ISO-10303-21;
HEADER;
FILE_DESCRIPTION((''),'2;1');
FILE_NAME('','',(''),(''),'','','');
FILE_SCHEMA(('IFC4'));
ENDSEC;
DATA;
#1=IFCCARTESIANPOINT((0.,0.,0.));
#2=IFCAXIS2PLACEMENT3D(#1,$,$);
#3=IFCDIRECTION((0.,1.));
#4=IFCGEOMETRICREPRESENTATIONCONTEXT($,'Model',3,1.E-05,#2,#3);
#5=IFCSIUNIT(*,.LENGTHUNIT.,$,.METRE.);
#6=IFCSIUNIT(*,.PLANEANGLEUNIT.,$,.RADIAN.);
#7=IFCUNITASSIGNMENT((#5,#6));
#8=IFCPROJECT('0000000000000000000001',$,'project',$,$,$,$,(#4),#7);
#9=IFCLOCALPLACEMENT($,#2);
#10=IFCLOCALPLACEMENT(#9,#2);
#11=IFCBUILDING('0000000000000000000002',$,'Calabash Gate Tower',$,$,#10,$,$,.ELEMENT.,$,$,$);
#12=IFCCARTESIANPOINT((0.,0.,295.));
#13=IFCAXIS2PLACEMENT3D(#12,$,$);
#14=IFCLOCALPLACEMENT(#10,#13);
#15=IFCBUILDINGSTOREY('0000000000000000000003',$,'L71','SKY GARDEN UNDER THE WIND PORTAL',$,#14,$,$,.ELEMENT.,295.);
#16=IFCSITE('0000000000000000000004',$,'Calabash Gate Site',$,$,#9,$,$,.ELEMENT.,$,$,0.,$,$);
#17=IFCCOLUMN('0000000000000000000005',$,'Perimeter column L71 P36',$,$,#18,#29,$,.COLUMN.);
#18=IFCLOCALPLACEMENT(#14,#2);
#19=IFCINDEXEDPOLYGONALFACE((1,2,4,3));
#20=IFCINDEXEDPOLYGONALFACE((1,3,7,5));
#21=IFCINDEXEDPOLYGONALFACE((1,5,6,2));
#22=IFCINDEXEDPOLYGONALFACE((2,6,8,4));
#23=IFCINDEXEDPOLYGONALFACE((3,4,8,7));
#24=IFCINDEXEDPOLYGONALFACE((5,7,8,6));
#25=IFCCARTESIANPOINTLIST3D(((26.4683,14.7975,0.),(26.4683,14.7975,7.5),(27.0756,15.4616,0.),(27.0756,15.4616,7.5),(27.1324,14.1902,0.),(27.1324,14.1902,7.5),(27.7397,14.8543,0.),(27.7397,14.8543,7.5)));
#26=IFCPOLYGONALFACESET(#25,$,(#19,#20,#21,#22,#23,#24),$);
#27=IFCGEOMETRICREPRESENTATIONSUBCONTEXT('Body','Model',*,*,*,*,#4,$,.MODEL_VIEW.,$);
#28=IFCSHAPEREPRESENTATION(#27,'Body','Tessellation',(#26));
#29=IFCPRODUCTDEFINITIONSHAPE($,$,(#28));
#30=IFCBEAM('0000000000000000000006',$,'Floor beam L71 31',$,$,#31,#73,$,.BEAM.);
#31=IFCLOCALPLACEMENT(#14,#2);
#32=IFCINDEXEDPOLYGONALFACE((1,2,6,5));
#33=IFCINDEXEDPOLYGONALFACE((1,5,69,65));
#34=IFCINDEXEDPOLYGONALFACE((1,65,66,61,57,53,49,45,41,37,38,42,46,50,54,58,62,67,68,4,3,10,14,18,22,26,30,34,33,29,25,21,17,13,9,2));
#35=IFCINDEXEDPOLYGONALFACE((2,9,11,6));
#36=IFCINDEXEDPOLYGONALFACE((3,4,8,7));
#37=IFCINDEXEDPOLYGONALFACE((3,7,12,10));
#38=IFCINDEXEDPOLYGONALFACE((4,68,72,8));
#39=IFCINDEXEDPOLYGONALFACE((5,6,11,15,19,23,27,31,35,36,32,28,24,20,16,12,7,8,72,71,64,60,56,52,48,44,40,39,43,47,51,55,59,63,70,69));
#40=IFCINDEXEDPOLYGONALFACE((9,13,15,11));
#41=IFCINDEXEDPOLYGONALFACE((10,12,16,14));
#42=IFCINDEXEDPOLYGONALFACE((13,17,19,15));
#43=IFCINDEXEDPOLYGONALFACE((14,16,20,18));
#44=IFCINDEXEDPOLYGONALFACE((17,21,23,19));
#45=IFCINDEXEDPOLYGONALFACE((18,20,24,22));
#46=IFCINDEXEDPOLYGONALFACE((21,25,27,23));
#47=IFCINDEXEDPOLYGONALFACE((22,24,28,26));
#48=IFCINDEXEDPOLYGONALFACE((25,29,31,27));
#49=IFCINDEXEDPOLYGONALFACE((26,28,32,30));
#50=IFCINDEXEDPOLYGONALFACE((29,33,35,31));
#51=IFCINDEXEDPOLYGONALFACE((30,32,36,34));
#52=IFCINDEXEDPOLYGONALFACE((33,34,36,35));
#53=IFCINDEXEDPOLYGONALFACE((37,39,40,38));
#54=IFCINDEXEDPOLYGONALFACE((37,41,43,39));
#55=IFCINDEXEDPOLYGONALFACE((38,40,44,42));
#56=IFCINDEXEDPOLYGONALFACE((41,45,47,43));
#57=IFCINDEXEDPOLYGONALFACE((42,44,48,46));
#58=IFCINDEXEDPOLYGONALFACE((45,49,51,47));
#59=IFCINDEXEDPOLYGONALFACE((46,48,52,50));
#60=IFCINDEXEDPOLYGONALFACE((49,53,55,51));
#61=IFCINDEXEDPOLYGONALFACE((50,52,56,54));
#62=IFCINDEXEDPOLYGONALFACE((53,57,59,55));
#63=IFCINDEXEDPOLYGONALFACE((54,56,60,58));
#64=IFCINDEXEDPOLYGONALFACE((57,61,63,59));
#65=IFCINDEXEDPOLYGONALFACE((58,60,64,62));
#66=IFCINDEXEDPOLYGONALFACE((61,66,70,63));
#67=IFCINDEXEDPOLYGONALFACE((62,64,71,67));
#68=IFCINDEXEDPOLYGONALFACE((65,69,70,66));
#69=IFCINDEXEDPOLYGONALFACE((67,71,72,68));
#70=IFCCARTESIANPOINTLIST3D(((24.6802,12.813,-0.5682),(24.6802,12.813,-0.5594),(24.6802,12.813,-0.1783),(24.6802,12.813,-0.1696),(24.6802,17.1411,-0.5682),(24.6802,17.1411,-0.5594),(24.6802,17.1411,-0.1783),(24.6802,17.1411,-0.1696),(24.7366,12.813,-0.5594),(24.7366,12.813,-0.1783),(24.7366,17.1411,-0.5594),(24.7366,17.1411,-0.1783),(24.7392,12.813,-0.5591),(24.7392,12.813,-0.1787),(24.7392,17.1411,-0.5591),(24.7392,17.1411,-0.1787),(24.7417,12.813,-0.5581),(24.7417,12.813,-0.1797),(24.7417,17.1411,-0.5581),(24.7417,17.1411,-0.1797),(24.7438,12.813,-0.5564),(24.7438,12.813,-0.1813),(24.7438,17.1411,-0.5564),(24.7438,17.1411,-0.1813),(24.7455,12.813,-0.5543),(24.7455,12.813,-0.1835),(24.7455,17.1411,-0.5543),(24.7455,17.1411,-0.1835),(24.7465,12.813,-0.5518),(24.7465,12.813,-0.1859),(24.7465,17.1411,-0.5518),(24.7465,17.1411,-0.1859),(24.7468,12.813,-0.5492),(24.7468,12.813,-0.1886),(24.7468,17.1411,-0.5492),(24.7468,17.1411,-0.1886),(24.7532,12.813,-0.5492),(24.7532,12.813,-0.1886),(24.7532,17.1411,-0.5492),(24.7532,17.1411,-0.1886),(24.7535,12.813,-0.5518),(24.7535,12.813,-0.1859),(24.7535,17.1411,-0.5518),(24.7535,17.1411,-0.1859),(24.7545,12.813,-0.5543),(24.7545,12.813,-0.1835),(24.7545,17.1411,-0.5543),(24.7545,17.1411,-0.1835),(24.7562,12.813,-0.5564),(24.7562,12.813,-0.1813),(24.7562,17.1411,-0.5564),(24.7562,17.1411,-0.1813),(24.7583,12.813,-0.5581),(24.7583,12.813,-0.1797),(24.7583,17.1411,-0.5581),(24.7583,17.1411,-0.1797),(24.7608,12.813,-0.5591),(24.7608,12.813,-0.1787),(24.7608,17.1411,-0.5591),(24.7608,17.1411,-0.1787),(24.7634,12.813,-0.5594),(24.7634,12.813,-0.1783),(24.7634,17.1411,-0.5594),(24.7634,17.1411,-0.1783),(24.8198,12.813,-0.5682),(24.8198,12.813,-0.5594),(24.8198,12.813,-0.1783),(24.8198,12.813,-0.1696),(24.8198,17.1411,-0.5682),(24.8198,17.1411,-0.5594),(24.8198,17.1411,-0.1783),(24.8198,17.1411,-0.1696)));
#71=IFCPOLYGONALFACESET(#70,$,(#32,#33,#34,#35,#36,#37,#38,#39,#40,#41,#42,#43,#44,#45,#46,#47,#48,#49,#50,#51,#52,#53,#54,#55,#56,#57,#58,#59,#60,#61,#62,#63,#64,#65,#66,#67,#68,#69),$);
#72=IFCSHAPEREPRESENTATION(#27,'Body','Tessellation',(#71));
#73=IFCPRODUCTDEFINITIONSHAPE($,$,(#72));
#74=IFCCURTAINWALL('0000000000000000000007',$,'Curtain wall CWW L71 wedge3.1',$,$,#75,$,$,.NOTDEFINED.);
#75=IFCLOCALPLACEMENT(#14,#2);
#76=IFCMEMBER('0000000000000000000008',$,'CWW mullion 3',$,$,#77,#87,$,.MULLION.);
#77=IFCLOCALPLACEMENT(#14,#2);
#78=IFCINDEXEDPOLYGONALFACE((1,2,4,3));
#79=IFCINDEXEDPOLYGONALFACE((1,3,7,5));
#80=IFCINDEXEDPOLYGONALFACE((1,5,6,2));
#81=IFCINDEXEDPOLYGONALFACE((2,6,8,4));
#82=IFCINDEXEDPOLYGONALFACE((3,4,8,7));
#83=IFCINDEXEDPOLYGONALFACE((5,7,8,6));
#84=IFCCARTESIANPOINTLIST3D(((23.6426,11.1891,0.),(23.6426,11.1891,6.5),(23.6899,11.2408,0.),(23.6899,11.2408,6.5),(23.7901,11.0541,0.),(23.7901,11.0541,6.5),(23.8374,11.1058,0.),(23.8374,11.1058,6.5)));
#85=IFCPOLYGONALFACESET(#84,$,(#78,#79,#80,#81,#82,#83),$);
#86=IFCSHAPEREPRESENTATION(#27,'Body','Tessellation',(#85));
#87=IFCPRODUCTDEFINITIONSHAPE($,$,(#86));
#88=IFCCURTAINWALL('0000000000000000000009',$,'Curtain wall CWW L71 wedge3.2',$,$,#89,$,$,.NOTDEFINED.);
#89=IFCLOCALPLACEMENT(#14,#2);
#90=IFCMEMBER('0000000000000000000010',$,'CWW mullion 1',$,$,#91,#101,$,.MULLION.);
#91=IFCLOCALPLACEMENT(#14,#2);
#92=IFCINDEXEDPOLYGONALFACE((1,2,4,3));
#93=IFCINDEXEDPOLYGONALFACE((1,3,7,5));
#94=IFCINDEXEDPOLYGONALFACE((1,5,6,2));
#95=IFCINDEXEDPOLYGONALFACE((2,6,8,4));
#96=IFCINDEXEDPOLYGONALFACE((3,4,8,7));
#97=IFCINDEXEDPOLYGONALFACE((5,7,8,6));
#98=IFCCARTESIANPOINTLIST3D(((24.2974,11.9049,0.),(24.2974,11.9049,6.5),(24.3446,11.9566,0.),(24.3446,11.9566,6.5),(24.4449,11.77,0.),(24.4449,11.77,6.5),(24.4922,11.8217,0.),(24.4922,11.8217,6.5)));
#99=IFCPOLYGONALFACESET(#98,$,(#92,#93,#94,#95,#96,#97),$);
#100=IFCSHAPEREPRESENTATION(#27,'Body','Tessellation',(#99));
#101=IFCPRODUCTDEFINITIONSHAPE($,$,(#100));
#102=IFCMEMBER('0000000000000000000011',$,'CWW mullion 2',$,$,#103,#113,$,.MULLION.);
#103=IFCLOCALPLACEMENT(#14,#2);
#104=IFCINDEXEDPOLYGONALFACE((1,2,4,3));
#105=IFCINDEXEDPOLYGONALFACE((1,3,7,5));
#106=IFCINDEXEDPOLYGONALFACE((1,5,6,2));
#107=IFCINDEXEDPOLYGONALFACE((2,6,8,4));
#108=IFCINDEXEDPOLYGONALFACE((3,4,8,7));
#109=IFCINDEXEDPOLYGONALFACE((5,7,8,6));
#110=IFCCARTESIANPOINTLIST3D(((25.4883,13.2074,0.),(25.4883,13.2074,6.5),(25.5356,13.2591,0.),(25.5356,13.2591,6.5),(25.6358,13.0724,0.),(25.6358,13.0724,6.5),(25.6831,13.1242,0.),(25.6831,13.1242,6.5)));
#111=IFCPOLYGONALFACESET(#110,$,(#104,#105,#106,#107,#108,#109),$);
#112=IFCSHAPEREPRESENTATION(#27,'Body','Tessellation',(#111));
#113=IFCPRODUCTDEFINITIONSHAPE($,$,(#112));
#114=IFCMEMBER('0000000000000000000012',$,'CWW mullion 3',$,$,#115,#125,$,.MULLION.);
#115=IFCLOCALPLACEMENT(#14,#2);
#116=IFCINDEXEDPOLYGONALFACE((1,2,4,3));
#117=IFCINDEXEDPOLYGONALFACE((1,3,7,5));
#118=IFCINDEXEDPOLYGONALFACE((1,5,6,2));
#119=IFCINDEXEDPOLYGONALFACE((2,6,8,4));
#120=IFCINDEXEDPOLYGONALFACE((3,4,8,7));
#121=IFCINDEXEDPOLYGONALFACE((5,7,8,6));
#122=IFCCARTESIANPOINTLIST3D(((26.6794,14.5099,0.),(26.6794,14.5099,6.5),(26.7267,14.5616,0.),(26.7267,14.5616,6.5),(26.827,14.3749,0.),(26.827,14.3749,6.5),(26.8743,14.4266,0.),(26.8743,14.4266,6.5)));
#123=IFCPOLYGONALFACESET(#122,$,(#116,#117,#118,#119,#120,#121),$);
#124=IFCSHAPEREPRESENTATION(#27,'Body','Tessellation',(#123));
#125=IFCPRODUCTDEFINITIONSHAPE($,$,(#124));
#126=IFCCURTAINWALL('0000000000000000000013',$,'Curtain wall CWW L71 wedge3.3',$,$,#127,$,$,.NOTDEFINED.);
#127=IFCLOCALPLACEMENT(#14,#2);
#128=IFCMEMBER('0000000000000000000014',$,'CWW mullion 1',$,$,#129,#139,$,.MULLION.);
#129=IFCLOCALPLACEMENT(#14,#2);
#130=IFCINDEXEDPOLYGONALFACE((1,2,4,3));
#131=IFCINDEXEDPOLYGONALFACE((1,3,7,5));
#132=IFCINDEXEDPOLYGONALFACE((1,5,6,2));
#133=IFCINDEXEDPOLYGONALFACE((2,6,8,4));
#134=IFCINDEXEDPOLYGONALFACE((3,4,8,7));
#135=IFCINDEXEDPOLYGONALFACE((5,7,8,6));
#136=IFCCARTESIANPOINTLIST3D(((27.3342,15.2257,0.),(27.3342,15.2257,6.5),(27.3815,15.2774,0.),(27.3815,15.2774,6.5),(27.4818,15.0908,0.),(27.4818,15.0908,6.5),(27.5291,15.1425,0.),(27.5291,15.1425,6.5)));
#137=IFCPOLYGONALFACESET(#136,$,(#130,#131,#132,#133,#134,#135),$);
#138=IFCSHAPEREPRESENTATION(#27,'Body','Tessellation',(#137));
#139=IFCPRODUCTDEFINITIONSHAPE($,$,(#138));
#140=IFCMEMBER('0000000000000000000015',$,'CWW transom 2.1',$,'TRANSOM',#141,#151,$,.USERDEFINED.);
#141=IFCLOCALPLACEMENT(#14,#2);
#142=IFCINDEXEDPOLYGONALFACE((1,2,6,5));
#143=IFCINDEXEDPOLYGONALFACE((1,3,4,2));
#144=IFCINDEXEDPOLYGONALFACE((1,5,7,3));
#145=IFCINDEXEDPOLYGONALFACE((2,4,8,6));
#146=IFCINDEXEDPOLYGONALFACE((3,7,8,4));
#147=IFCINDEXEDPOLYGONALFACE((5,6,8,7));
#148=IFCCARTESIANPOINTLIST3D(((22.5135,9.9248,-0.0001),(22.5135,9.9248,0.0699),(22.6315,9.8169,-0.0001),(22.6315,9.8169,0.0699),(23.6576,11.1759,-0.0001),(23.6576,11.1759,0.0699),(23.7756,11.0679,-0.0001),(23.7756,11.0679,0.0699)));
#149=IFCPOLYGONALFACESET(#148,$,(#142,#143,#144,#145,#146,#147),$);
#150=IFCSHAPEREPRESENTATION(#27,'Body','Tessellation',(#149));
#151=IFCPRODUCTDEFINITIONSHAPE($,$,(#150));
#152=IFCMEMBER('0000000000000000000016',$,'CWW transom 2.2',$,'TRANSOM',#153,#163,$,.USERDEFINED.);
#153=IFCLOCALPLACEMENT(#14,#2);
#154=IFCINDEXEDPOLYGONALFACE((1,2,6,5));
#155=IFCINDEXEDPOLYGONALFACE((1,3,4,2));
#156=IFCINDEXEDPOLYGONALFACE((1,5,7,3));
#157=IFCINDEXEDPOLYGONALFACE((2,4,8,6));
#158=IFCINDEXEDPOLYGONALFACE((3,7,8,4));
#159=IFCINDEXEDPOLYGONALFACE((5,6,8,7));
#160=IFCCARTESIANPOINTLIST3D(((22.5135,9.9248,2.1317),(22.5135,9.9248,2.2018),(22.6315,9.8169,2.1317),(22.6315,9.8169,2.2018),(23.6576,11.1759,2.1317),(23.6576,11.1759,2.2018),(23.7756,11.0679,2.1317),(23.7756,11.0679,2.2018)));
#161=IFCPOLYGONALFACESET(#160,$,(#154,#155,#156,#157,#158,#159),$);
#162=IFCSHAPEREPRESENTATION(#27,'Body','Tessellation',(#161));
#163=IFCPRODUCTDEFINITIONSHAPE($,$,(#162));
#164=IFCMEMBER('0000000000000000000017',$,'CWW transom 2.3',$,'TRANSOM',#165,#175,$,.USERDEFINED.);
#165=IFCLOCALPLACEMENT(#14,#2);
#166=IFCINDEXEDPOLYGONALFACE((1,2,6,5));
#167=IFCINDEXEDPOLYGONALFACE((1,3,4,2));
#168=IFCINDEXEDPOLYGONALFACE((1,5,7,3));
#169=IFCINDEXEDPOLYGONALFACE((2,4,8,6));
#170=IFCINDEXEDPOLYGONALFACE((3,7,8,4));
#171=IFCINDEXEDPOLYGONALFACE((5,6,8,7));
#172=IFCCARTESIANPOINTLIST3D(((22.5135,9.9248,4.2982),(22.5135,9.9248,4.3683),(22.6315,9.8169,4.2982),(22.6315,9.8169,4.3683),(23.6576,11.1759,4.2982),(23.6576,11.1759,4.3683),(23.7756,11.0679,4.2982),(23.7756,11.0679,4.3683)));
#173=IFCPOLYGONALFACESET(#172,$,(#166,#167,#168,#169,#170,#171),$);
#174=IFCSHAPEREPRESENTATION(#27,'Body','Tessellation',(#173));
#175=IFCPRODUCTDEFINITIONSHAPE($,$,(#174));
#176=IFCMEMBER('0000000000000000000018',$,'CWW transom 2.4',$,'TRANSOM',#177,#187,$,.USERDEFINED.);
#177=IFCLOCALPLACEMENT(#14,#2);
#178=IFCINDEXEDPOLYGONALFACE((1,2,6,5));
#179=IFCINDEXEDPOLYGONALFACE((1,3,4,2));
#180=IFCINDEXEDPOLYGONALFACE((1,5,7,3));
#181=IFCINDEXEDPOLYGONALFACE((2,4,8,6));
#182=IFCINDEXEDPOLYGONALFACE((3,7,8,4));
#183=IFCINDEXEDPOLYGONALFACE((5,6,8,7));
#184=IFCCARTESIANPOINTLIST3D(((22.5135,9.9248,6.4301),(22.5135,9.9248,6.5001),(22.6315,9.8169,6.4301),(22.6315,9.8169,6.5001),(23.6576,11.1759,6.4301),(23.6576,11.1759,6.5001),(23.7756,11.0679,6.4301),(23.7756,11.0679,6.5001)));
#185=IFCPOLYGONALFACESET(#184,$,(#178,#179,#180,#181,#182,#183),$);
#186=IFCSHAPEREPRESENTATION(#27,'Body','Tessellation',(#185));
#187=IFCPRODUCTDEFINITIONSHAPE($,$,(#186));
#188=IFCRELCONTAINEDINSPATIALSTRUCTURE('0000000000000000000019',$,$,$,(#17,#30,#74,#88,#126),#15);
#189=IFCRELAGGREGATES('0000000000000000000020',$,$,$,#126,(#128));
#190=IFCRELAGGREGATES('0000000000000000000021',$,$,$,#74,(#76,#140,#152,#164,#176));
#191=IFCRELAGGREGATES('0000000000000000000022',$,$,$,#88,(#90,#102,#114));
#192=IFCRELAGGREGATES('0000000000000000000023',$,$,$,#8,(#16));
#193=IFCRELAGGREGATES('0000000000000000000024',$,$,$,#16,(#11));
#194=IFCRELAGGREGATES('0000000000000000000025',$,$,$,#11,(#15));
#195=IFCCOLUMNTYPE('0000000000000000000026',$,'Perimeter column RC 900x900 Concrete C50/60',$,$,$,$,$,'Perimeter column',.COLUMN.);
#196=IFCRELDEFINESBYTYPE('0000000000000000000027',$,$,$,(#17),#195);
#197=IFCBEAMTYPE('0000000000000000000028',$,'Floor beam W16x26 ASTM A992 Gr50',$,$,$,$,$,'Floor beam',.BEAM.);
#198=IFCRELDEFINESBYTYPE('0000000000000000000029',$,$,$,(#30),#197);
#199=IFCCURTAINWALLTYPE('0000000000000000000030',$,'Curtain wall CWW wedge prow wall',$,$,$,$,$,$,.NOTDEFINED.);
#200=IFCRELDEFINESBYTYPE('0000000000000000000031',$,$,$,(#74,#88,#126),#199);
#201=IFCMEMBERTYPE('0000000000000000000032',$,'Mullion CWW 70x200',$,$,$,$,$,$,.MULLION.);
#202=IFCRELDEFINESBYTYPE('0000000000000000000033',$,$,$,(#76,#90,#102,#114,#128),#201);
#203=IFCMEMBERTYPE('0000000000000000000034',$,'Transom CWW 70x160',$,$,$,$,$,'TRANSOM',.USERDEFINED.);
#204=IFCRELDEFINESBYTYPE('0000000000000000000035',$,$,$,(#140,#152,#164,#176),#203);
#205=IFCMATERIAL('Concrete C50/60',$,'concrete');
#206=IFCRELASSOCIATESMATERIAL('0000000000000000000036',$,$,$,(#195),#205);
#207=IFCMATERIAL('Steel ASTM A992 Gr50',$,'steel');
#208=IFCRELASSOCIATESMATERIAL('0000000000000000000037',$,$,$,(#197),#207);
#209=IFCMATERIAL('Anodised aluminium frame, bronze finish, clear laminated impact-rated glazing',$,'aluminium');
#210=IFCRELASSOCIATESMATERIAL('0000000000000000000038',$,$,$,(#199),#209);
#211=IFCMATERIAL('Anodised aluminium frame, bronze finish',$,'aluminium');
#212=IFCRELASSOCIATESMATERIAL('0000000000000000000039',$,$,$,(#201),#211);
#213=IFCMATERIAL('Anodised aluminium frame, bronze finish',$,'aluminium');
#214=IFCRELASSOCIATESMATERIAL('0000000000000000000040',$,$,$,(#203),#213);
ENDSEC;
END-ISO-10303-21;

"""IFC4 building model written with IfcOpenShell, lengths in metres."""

from ifc_helpers import new_model, si_unit, direction, frame, origin, origin_2d, place, context, subcontext, project, spatial, rectangle, i_section, extrude, material, material_profile, profile_set, type_object, element, aggregate, save


model = new_model("IFC4")

# Units and contexts
model_context = context("Model", 3, precision=1e-05, world=origin(), true_north=direction((0.0, 1.0)))
body_context = subcontext(model_context, "Body", "Model", "MODEL_VIEW")
ifc_project = project(units=[si_unit("LENGTHUNIT", "METRE"), si_unit("PLANEANGLEUNIT", "RADIAN")], contexts=[model_context])

# Site, building, storey
site_placement = place(None, origin())
site = spatial("IfcSite", under=ifc_project, at=site_placement, Name="Calabash Gate Site", CompositionType="ELEMENT", RefElevation=0.0)
building_placement = place(site_placement, origin())
building = spatial("IfcBuilding", under=site, at=building_placement, Name="Calabash Gate Tower", CompositionType="ELEMENT")
storey_placement = place(building_placement, frame((0.0, 0.0, 295.0)))
storey = spatial("IfcBuildingStorey", under=building, at=storey_placement, Name="L71", Description="SKY GARDEN UNDER THE WIND PORTAL", CompositionType="ELEMENT", Elevation=295.0)

# Column
ifc_material_1 = material(Name="Concrete C50/60", Category="concrete")
ifc_material_profile_1 = material_profile(ifc_material_1, rectangle(XDim=0.8999, YDim=0.8999, at=origin_2d()))
ifc_profile_set_1 = profile_set([ifc_material_profile_1], Name="Concrete C50/60")
column_type = type_object("IfcColumnType", Name="Perimeter column RC 900x900 Concrete C50/60", ElementType="Perimeter column", PredefinedType="COLUMN", material=ifc_profile_set_1)
column_placement = place(storey_placement, frame((27.104, 14.8259, 0.0), z_axis=(0.0, 0.0, 1.0), x_axis=(0.674856, 0.737949, 0.0)))
element("IfcColumn", 1, at=column_placement, inside=storey, type_object=column_type, Name="Perimeter column L71 P36", PredefinedType="COLUMN", context=body_context, shape_type="SweptSolid", body=[
    extrude(rectangle(XDim=0.8999, YDim=0.8999, at=origin_2d()), origin(), (0.0, 0.0, 1.0), 7.5),
])

# Beam
ifc_material_2 = material(Name="Steel ASTM A992 Gr50", Category="steel")
ifc_material_profile_2 = material_profile(ifc_material_2, i_section(OverallWidth=0.1396, OverallDepth=0.3987, WebThickness=0.0063, FlangeThickness=0.0088, FilletRadius=0.0103, at=origin_2d()))
ifc_profile_set_2 = profile_set([ifc_material_profile_2], Name="Steel ASTM A992 Gr50")
beam_type = type_object("IfcBeamType", Name="Floor beam W16x26 ASTM A992 Gr50", ElementType="Floor beam", PredefinedType="BEAM", material=ifc_profile_set_2)
beam_placement = place(storey_placement, frame((24.75, 12.813, -0.3689), z_axis=(0.0, 1.0, 0.0), x_axis=(-1.0, 0.0, 0.0)))
element("IfcBeam", 2, at=beam_placement, inside=storey, type_object=beam_type, Name="Floor beam L71 31", PredefinedType="BEAM", context=body_context, shape_type="SweptSolid", body=[
    extrude(i_section(OverallWidth=0.1396, OverallDepth=0.3987, WebThickness=0.0063, FlangeThickness=0.0088, FilletRadius=0.0103, at=origin_2d()), origin(), (0.0, 0.0, 1.0), 4.3281),
])

# Curtain wall, member
ifc_material_3 = material(Name="Anodised aluminium frame, bronze finish, clear laminated impact-rated glazing", Category="aluminium")
curtain_wall_type = type_object("IfcCurtainWallType", Name="Curtain wall CWW wedge prow wall", PredefinedType="NOTDEFINED", material=ifc_material_3)
curtain_wall_1_placement = place(storey_placement, origin())
curtain_wall_1 = element("IfcCurtainWall", 3, at=curtain_wall_1_placement, inside=storey, type_object=curtain_wall_type, Name="Curtain wall CWW L71 wedge3.1", PredefinedType="NOTDEFINED")
ifc_material_4 = material(Name="Anodised aluminium frame, bronze finish", Category="aluminium")
ifc_material_profile_3 = material_profile(ifc_material_4, rectangle(XDim=0.2, YDim=0.0701, at=origin_2d()))
ifc_profile_set_3 = profile_set([ifc_material_profile_3], Name="Anodised aluminium frame, bronze finish")
member_type_1 = type_object("IfcMemberType", Name="Mullion CWW 70x200", PredefinedType="MULLION", material=ifc_profile_set_3)
member_1_placement = place(storey_placement, frame((23.74, 11.1475, 0.0), z_axis=(0.0, 0.0, 1.0), x_axis=(-0.73795, 0.674856, 0.0)))
member_1 = element("IfcMember", 4, at=member_1_placement, type_object=member_type_1, Name="CWW mullion 3", PredefinedType="MULLION", context=body_context, shape_type="SweptSolid", body=[
    extrude(rectangle(XDim=0.2, YDim=0.0701, at=origin_2d()), origin(), (0.0, 0.0, 1.0), 6.5),
])

# Curtain wall, members
curtain_wall_2_placement = place(storey_placement, origin())
curtain_wall_2 = element("IfcCurtainWall", 5, at=curtain_wall_2_placement, inside=storey, type_object=curtain_wall_type, Name="Curtain wall CWW L71 wedge3.2", PredefinedType="NOTDEFINED")
member_2_placement = place(storey_placement, frame((24.3948, 11.8633, 0.0), z_axis=(0.0, 0.0, 1.0), x_axis=(-0.737949, 0.674856, 0.0)))
member_2 = element("IfcMember", 6, at=member_2_placement, type_object=member_type_1, Name="CWW mullion 1", PredefinedType="MULLION", context=body_context, shape_type="SweptSolid", body=[
    extrude(rectangle(XDim=0.2, YDim=0.0701, at=origin_2d()), origin(), (0.0, 0.0, 1.0), 6.5),
])
member_3_placement = place(storey_placement, frame((25.5857, 13.1658, 0.0), z_axis=(0.0, 0.0, 1.0), x_axis=(-0.737949, 0.674856, 0.0)))
member_3 = element("IfcMember", 7, at=member_3_placement, type_object=member_type_1, Name="CWW mullion 2", PredefinedType="MULLION", context=body_context, shape_type="SweptSolid", body=[
    extrude(rectangle(XDim=0.2, YDim=0.0701, at=origin_2d()), origin(), (0.0, 0.0, 1.0), 6.5),
])
member_4_placement = place(storey_placement, frame((26.7769, 14.4683, 0.0), z_axis=(0.0, 0.0, 1.0), x_axis=(-0.737949, 0.674856, 0.0)))
member_4 = element("IfcMember", 8, at=member_4_placement, type_object=member_type_1, Name="CWW mullion 3", PredefinedType="MULLION", context=body_context, shape_type="SweptSolid", body=[
    extrude(rectangle(XDim=0.2, YDim=0.0701, at=origin_2d()), origin(), (0.0, 0.0, 1.0), 6.5),
])

# Curtain wall, member
curtain_wall_3_placement = place(storey_placement, origin())
curtain_wall_3 = element("IfcCurtainWall", 9, at=curtain_wall_3_placement, inside=storey, type_object=curtain_wall_type, Name="Curtain wall CWW L71 wedge3.3", PredefinedType="NOTDEFINED")
member_5_placement = place(storey_placement, frame((27.4316, 15.1841, 0.0), z_axis=(0.0, 0.0, 1.0), x_axis=(-0.737949, 0.674856, 0.0)))
member_5 = element("IfcMember", 10, at=member_5_placement, type_object=member_type_1, Name="CWW mullion 1", PredefinedType="MULLION", context=body_context, shape_type="SweptSolid", body=[
    extrude(rectangle(XDim=0.2, YDim=0.0701, at=origin_2d()), origin(), (0.0, 0.0, 1.0), 6.5),
])

# Members
ifc_material_5 = material(Name="Anodised aluminium frame, bronze finish", Category="aluminium")
ifc_material_profile_4 = material_profile(ifc_material_5, rectangle(XDim=0.1599, YDim=0.0701, at=origin_2d()))
ifc_profile_set_4 = profile_set([ifc_material_profile_4], Name="Anodised aluminium frame, bronze finish")
member_type_2 = type_object("IfcMemberType", Name="Transom CWW 70x160", ElementType="TRANSOM", PredefinedType="USERDEFINED", material=ifc_profile_set_4)
member_6_placement = place(storey_placement, frame((22.5725, 9.8708, 0.0349), z_axis=(0.674863, 0.737943, 0.0), x_axis=(-0.737943, 0.674863, 0.0)))
member_6 = element("IfcMember", 11, at=member_6_placement, type_object=member_type_2, Name="CWW transom 2.1", ObjectType="TRANSOM", PredefinedType="USERDEFINED", context=body_context, shape_type="SweptSolid", body=[
    extrude(rectangle(XDim=0.1599, YDim=0.0701, at=origin_2d()), origin(), (0.0, 0.0, 1.0), 1.6953),
])
member_7_placement = place(storey_placement, frame((22.5725, 9.8708, 2.1667), z_axis=(0.674863, 0.737943, 0.0), x_axis=(-0.737943, 0.674863, 0.0)))
member_7 = element("IfcMember", 12, at=member_7_placement, type_object=member_type_2, Name="CWW transom 2.2", ObjectType="TRANSOM", PredefinedType="USERDEFINED", context=body_context, shape_type="SweptSolid", body=[
    extrude(rectangle(XDim=0.1599, YDim=0.0701, at=origin_2d()), origin(), (0.0, 0.0, 1.0), 1.6953),
])
member_8_placement = place(storey_placement, frame((22.5725, 9.8708, 4.3333), z_axis=(0.674863, 0.737943, 0.0), x_axis=(-0.737943, 0.674863, 0.0)))
member_8 = element("IfcMember", 13, at=member_8_placement, type_object=member_type_2, Name="CWW transom 2.3", ObjectType="TRANSOM", PredefinedType="USERDEFINED", context=body_context, shape_type="SweptSolid", body=[
    extrude(rectangle(XDim=0.1599, YDim=0.0701, at=origin_2d()), origin(), (0.0, 0.0, 1.0), 1.6953),
])
member_9_placement = place(storey_placement, frame((22.5725, 9.8708, 6.4651), z_axis=(0.674863, 0.737943, 0.0), x_axis=(-0.737943, 0.674863, 0.0)))
member_9 = element("IfcMember", 14, at=member_9_placement, type_object=member_type_2, Name="CWW transom 2.4", ObjectType="TRANSOM", PredefinedType="USERDEFINED", context=body_context, shape_type="SweptSolid", body=[
    extrude(rectangle(XDim=0.1599, YDim=0.0701, at=origin_2d()), origin(), (0.0, 0.0, 1.0), 1.6953),
])
aggregate(curtain_wall_3, [member_5])

aggregate(curtain_wall_1, [member_1, member_6, member_7, member_8, member_9])
aggregate(curtain_wall_2, [member_2, member_3, member_4])

save(model, "model.ifc")
